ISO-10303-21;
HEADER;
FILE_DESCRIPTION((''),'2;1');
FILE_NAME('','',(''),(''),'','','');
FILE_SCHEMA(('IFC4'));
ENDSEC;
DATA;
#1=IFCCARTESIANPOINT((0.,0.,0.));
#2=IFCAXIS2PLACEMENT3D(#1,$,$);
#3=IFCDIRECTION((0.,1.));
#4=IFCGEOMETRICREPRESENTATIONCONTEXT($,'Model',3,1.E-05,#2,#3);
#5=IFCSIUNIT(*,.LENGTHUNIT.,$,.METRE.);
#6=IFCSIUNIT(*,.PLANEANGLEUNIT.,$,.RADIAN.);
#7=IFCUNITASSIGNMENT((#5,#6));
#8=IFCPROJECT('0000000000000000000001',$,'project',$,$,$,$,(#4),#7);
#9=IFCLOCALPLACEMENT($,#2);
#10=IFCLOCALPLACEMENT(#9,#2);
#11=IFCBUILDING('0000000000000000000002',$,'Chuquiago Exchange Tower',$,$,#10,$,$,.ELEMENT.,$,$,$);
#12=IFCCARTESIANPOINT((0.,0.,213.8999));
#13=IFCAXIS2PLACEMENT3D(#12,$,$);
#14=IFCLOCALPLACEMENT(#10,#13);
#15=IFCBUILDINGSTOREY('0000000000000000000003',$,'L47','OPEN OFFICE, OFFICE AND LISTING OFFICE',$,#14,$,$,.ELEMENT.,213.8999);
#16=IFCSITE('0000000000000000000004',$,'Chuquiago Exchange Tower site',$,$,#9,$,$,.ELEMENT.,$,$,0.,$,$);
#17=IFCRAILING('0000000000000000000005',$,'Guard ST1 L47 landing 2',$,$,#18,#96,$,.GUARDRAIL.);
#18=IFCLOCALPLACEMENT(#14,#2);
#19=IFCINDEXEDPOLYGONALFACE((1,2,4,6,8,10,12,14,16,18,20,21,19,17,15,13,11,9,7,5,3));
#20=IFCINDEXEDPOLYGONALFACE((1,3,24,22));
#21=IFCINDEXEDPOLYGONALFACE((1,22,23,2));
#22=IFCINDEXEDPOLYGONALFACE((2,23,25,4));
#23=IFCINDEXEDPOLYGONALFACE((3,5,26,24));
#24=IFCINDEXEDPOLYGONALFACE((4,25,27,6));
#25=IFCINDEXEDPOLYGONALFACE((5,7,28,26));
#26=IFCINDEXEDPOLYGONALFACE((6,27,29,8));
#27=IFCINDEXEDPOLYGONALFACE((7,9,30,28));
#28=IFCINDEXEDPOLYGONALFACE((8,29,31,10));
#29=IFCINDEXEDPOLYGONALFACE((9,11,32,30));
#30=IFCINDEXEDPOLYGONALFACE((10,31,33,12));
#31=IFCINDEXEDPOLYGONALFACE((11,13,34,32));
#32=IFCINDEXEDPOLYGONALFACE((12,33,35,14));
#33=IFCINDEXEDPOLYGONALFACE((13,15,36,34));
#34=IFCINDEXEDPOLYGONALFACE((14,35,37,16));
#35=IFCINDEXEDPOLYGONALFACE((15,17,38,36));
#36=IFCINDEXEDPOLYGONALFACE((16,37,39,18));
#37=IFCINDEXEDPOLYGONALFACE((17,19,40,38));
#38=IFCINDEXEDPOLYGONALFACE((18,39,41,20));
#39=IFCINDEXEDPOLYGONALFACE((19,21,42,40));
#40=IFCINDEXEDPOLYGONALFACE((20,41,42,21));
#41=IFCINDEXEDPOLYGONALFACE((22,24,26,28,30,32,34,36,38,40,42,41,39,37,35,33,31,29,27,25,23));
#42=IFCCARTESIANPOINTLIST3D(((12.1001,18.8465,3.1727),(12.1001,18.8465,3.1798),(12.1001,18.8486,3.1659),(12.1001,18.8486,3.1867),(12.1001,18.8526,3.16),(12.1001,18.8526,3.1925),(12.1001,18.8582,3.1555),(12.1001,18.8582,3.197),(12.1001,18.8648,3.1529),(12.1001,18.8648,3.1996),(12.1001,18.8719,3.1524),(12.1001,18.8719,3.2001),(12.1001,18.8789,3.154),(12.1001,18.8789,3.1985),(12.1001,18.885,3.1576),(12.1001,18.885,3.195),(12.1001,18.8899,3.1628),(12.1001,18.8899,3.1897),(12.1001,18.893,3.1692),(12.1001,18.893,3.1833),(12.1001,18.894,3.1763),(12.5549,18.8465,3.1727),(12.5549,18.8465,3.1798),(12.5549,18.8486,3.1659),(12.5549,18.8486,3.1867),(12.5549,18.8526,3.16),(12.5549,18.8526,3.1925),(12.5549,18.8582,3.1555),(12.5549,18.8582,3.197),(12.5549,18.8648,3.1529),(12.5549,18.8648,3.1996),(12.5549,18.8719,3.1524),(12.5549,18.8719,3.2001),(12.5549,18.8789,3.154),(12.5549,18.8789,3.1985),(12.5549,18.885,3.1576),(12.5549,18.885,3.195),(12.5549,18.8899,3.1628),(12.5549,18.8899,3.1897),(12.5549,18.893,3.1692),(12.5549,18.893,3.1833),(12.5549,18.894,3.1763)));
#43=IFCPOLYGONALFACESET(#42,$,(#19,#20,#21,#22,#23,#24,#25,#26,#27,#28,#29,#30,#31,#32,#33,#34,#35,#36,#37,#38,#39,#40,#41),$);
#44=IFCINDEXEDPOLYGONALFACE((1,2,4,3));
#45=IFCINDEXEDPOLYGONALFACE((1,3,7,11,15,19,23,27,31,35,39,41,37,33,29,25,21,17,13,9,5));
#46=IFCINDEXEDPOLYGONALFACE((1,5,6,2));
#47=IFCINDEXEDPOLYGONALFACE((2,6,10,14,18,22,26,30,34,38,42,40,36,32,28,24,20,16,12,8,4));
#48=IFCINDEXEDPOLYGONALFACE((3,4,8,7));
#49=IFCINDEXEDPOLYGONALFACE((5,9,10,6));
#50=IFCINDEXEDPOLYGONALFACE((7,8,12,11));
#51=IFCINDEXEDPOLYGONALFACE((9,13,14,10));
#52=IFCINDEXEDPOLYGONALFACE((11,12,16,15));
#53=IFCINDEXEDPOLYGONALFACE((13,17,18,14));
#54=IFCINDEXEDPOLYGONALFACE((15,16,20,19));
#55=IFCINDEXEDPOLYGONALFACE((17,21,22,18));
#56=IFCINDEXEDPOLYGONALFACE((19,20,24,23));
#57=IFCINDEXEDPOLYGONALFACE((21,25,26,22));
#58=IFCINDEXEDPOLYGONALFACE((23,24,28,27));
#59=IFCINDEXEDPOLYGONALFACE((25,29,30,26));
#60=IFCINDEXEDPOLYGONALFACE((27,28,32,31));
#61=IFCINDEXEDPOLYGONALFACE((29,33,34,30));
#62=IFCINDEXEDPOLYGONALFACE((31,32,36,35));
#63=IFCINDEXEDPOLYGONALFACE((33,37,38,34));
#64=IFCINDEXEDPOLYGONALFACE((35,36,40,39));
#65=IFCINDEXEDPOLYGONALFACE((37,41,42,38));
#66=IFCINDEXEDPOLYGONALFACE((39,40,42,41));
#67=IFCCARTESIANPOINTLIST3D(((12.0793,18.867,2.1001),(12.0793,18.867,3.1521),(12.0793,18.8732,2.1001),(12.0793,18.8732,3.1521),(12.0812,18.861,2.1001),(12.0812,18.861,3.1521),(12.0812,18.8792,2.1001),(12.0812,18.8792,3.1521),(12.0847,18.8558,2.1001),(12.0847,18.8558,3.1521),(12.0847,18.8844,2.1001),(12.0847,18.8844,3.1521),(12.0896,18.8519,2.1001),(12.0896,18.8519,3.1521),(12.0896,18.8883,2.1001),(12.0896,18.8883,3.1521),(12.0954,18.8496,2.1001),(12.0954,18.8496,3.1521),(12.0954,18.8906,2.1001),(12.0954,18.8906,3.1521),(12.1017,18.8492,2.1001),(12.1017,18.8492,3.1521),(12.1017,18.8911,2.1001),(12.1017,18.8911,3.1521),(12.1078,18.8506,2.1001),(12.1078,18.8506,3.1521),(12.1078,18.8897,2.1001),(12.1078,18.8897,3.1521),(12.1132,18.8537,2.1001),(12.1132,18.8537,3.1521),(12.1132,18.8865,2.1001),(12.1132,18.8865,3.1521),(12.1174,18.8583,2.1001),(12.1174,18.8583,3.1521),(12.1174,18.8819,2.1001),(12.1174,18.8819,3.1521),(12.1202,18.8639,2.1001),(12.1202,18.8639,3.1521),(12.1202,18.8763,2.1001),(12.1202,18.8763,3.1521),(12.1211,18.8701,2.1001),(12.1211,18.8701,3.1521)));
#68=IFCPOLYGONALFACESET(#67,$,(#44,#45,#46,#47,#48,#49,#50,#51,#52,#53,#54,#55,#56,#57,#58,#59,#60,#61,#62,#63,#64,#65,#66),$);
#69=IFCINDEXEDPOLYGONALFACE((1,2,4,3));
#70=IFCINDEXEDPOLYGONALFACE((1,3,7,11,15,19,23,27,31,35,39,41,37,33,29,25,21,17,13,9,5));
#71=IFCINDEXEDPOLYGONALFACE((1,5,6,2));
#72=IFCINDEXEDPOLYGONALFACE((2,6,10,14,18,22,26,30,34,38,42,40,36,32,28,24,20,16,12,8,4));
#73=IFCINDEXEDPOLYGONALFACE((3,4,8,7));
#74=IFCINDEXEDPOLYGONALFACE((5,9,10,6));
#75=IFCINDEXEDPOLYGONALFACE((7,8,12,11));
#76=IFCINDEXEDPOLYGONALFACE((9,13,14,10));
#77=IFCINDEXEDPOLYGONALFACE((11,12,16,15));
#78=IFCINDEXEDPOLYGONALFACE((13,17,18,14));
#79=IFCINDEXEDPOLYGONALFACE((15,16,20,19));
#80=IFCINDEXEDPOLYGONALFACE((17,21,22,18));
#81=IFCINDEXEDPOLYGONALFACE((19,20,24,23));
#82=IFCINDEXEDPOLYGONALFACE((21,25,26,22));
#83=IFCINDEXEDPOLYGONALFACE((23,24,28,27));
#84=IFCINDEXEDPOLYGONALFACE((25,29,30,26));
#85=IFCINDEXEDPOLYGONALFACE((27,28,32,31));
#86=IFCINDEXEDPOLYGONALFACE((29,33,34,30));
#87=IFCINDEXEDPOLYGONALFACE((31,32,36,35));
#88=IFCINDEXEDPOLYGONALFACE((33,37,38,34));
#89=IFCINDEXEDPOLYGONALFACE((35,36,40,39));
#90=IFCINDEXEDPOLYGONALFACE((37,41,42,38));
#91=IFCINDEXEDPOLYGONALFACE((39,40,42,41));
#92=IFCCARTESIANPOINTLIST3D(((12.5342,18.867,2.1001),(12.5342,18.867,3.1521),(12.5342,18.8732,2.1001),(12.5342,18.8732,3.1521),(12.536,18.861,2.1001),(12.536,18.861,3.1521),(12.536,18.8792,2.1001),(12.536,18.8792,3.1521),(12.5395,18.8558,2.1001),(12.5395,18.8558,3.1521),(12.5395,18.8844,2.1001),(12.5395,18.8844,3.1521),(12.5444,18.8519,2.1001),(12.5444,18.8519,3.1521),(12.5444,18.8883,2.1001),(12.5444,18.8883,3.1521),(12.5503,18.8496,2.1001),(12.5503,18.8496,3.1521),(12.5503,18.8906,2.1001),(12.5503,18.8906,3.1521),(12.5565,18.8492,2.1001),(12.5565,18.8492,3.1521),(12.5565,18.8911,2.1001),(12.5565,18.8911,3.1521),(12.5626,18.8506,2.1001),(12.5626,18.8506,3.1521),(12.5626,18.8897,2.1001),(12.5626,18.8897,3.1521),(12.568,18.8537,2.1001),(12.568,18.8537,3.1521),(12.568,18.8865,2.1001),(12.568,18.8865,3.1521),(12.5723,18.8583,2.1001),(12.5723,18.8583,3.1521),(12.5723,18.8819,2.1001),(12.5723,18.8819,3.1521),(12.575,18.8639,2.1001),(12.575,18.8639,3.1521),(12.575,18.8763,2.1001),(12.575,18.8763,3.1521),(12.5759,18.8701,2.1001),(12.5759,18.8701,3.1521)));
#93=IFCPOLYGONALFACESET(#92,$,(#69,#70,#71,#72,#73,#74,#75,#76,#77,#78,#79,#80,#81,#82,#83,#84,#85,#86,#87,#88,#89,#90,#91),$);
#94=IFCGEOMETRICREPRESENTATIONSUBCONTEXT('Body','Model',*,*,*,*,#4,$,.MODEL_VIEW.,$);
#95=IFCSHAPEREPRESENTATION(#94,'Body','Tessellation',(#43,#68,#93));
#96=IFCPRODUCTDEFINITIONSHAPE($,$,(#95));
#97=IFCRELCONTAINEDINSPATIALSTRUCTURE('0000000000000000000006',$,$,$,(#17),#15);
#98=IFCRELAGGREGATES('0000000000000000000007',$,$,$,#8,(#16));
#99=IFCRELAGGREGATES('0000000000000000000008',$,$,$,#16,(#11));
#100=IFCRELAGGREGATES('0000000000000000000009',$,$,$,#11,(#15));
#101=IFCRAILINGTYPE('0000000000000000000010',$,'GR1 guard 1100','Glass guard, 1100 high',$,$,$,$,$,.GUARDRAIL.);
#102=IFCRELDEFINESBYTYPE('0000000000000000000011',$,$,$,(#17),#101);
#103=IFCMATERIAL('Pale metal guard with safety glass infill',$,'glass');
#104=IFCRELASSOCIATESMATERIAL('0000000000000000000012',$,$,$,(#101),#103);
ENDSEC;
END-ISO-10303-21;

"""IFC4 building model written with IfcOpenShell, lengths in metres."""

from ifc_helpers import new_model, si_unit, direction, frame, origin, origin_2d, place, context, subcontext, project, spatial, circle, extrude, material, type_object, element, save


model = new_model("IFC4")

# Units and contexts
model_context = context("Model", 3, precision=1e-05, world=origin(), true_north=direction((0.0, 1.0)))
body_context = subcontext(model_context, "Body", "Model", "MODEL_VIEW")
ifc_project = project(units=[si_unit("LENGTHUNIT", "METRE"), si_unit("PLANEANGLEUNIT", "RADIAN")], contexts=[model_context])

# Site, building, storey
site_placement = place(None, origin())
site = spatial("IfcSite", under=ifc_project, at=site_placement, Name="Chuquiago Exchange Tower site", CompositionType="ELEMENT", RefElevation=0.0)
building_placement = place(site_placement, origin())
building = spatial("IfcBuilding", under=site, at=building_placement, Name="Chuquiago Exchange Tower", CompositionType="ELEMENT")
storey_placement = place(building_placement, frame((0.0, 0.0, 213.8999)))
storey = spatial("IfcBuildingStorey", under=building, at=storey_placement, Name="L47", Description="OPEN OFFICE, OFFICE AND LISTING OFFICE", CompositionType="ELEMENT", Elevation=213.8999)

# Railing
ifc_material_1 = material(Name="Pale metal guard with safety glass infill", Category="glass")
railing_type = type_object("IfcRailingType", Name="GR1 guard 1100", Description="Glass guard, 1100 high", PredefinedType="GUARDRAIL", material=ifc_material_1)
railing_placement = place(storey_placement, frame((12.1001, 18.8701, 2.1001)))
element("IfcRailing", 1, at=railing_placement, inside=storey, type_object=railing_type, Name="Guard ST1 L47 landing 2", PredefinedType="GUARDRAIL", context=body_context, shape_type="SweptSolid", body=[
    extrude(circle(Radius=0.0239, at=origin_2d()), frame((0.0, 0.0, 1.0762), z_axis=(1.0, 0.0, 0.0), x_axis=(0.0, 1.0, 0.0)), (0.0, 0.0, 1.0), 0.4548),
    extrude(circle(Radius=0.021, at=origin_2d()), origin(), (0.0, 0.0, 1.0), 1.052),
    extrude(circle(Radius=0.021, at=origin_2d()), frame((0.4548, 0.0, 0.0)), (0.0, 0.0, 1.0), 1.052),
])

save(model, "model.ifc")
